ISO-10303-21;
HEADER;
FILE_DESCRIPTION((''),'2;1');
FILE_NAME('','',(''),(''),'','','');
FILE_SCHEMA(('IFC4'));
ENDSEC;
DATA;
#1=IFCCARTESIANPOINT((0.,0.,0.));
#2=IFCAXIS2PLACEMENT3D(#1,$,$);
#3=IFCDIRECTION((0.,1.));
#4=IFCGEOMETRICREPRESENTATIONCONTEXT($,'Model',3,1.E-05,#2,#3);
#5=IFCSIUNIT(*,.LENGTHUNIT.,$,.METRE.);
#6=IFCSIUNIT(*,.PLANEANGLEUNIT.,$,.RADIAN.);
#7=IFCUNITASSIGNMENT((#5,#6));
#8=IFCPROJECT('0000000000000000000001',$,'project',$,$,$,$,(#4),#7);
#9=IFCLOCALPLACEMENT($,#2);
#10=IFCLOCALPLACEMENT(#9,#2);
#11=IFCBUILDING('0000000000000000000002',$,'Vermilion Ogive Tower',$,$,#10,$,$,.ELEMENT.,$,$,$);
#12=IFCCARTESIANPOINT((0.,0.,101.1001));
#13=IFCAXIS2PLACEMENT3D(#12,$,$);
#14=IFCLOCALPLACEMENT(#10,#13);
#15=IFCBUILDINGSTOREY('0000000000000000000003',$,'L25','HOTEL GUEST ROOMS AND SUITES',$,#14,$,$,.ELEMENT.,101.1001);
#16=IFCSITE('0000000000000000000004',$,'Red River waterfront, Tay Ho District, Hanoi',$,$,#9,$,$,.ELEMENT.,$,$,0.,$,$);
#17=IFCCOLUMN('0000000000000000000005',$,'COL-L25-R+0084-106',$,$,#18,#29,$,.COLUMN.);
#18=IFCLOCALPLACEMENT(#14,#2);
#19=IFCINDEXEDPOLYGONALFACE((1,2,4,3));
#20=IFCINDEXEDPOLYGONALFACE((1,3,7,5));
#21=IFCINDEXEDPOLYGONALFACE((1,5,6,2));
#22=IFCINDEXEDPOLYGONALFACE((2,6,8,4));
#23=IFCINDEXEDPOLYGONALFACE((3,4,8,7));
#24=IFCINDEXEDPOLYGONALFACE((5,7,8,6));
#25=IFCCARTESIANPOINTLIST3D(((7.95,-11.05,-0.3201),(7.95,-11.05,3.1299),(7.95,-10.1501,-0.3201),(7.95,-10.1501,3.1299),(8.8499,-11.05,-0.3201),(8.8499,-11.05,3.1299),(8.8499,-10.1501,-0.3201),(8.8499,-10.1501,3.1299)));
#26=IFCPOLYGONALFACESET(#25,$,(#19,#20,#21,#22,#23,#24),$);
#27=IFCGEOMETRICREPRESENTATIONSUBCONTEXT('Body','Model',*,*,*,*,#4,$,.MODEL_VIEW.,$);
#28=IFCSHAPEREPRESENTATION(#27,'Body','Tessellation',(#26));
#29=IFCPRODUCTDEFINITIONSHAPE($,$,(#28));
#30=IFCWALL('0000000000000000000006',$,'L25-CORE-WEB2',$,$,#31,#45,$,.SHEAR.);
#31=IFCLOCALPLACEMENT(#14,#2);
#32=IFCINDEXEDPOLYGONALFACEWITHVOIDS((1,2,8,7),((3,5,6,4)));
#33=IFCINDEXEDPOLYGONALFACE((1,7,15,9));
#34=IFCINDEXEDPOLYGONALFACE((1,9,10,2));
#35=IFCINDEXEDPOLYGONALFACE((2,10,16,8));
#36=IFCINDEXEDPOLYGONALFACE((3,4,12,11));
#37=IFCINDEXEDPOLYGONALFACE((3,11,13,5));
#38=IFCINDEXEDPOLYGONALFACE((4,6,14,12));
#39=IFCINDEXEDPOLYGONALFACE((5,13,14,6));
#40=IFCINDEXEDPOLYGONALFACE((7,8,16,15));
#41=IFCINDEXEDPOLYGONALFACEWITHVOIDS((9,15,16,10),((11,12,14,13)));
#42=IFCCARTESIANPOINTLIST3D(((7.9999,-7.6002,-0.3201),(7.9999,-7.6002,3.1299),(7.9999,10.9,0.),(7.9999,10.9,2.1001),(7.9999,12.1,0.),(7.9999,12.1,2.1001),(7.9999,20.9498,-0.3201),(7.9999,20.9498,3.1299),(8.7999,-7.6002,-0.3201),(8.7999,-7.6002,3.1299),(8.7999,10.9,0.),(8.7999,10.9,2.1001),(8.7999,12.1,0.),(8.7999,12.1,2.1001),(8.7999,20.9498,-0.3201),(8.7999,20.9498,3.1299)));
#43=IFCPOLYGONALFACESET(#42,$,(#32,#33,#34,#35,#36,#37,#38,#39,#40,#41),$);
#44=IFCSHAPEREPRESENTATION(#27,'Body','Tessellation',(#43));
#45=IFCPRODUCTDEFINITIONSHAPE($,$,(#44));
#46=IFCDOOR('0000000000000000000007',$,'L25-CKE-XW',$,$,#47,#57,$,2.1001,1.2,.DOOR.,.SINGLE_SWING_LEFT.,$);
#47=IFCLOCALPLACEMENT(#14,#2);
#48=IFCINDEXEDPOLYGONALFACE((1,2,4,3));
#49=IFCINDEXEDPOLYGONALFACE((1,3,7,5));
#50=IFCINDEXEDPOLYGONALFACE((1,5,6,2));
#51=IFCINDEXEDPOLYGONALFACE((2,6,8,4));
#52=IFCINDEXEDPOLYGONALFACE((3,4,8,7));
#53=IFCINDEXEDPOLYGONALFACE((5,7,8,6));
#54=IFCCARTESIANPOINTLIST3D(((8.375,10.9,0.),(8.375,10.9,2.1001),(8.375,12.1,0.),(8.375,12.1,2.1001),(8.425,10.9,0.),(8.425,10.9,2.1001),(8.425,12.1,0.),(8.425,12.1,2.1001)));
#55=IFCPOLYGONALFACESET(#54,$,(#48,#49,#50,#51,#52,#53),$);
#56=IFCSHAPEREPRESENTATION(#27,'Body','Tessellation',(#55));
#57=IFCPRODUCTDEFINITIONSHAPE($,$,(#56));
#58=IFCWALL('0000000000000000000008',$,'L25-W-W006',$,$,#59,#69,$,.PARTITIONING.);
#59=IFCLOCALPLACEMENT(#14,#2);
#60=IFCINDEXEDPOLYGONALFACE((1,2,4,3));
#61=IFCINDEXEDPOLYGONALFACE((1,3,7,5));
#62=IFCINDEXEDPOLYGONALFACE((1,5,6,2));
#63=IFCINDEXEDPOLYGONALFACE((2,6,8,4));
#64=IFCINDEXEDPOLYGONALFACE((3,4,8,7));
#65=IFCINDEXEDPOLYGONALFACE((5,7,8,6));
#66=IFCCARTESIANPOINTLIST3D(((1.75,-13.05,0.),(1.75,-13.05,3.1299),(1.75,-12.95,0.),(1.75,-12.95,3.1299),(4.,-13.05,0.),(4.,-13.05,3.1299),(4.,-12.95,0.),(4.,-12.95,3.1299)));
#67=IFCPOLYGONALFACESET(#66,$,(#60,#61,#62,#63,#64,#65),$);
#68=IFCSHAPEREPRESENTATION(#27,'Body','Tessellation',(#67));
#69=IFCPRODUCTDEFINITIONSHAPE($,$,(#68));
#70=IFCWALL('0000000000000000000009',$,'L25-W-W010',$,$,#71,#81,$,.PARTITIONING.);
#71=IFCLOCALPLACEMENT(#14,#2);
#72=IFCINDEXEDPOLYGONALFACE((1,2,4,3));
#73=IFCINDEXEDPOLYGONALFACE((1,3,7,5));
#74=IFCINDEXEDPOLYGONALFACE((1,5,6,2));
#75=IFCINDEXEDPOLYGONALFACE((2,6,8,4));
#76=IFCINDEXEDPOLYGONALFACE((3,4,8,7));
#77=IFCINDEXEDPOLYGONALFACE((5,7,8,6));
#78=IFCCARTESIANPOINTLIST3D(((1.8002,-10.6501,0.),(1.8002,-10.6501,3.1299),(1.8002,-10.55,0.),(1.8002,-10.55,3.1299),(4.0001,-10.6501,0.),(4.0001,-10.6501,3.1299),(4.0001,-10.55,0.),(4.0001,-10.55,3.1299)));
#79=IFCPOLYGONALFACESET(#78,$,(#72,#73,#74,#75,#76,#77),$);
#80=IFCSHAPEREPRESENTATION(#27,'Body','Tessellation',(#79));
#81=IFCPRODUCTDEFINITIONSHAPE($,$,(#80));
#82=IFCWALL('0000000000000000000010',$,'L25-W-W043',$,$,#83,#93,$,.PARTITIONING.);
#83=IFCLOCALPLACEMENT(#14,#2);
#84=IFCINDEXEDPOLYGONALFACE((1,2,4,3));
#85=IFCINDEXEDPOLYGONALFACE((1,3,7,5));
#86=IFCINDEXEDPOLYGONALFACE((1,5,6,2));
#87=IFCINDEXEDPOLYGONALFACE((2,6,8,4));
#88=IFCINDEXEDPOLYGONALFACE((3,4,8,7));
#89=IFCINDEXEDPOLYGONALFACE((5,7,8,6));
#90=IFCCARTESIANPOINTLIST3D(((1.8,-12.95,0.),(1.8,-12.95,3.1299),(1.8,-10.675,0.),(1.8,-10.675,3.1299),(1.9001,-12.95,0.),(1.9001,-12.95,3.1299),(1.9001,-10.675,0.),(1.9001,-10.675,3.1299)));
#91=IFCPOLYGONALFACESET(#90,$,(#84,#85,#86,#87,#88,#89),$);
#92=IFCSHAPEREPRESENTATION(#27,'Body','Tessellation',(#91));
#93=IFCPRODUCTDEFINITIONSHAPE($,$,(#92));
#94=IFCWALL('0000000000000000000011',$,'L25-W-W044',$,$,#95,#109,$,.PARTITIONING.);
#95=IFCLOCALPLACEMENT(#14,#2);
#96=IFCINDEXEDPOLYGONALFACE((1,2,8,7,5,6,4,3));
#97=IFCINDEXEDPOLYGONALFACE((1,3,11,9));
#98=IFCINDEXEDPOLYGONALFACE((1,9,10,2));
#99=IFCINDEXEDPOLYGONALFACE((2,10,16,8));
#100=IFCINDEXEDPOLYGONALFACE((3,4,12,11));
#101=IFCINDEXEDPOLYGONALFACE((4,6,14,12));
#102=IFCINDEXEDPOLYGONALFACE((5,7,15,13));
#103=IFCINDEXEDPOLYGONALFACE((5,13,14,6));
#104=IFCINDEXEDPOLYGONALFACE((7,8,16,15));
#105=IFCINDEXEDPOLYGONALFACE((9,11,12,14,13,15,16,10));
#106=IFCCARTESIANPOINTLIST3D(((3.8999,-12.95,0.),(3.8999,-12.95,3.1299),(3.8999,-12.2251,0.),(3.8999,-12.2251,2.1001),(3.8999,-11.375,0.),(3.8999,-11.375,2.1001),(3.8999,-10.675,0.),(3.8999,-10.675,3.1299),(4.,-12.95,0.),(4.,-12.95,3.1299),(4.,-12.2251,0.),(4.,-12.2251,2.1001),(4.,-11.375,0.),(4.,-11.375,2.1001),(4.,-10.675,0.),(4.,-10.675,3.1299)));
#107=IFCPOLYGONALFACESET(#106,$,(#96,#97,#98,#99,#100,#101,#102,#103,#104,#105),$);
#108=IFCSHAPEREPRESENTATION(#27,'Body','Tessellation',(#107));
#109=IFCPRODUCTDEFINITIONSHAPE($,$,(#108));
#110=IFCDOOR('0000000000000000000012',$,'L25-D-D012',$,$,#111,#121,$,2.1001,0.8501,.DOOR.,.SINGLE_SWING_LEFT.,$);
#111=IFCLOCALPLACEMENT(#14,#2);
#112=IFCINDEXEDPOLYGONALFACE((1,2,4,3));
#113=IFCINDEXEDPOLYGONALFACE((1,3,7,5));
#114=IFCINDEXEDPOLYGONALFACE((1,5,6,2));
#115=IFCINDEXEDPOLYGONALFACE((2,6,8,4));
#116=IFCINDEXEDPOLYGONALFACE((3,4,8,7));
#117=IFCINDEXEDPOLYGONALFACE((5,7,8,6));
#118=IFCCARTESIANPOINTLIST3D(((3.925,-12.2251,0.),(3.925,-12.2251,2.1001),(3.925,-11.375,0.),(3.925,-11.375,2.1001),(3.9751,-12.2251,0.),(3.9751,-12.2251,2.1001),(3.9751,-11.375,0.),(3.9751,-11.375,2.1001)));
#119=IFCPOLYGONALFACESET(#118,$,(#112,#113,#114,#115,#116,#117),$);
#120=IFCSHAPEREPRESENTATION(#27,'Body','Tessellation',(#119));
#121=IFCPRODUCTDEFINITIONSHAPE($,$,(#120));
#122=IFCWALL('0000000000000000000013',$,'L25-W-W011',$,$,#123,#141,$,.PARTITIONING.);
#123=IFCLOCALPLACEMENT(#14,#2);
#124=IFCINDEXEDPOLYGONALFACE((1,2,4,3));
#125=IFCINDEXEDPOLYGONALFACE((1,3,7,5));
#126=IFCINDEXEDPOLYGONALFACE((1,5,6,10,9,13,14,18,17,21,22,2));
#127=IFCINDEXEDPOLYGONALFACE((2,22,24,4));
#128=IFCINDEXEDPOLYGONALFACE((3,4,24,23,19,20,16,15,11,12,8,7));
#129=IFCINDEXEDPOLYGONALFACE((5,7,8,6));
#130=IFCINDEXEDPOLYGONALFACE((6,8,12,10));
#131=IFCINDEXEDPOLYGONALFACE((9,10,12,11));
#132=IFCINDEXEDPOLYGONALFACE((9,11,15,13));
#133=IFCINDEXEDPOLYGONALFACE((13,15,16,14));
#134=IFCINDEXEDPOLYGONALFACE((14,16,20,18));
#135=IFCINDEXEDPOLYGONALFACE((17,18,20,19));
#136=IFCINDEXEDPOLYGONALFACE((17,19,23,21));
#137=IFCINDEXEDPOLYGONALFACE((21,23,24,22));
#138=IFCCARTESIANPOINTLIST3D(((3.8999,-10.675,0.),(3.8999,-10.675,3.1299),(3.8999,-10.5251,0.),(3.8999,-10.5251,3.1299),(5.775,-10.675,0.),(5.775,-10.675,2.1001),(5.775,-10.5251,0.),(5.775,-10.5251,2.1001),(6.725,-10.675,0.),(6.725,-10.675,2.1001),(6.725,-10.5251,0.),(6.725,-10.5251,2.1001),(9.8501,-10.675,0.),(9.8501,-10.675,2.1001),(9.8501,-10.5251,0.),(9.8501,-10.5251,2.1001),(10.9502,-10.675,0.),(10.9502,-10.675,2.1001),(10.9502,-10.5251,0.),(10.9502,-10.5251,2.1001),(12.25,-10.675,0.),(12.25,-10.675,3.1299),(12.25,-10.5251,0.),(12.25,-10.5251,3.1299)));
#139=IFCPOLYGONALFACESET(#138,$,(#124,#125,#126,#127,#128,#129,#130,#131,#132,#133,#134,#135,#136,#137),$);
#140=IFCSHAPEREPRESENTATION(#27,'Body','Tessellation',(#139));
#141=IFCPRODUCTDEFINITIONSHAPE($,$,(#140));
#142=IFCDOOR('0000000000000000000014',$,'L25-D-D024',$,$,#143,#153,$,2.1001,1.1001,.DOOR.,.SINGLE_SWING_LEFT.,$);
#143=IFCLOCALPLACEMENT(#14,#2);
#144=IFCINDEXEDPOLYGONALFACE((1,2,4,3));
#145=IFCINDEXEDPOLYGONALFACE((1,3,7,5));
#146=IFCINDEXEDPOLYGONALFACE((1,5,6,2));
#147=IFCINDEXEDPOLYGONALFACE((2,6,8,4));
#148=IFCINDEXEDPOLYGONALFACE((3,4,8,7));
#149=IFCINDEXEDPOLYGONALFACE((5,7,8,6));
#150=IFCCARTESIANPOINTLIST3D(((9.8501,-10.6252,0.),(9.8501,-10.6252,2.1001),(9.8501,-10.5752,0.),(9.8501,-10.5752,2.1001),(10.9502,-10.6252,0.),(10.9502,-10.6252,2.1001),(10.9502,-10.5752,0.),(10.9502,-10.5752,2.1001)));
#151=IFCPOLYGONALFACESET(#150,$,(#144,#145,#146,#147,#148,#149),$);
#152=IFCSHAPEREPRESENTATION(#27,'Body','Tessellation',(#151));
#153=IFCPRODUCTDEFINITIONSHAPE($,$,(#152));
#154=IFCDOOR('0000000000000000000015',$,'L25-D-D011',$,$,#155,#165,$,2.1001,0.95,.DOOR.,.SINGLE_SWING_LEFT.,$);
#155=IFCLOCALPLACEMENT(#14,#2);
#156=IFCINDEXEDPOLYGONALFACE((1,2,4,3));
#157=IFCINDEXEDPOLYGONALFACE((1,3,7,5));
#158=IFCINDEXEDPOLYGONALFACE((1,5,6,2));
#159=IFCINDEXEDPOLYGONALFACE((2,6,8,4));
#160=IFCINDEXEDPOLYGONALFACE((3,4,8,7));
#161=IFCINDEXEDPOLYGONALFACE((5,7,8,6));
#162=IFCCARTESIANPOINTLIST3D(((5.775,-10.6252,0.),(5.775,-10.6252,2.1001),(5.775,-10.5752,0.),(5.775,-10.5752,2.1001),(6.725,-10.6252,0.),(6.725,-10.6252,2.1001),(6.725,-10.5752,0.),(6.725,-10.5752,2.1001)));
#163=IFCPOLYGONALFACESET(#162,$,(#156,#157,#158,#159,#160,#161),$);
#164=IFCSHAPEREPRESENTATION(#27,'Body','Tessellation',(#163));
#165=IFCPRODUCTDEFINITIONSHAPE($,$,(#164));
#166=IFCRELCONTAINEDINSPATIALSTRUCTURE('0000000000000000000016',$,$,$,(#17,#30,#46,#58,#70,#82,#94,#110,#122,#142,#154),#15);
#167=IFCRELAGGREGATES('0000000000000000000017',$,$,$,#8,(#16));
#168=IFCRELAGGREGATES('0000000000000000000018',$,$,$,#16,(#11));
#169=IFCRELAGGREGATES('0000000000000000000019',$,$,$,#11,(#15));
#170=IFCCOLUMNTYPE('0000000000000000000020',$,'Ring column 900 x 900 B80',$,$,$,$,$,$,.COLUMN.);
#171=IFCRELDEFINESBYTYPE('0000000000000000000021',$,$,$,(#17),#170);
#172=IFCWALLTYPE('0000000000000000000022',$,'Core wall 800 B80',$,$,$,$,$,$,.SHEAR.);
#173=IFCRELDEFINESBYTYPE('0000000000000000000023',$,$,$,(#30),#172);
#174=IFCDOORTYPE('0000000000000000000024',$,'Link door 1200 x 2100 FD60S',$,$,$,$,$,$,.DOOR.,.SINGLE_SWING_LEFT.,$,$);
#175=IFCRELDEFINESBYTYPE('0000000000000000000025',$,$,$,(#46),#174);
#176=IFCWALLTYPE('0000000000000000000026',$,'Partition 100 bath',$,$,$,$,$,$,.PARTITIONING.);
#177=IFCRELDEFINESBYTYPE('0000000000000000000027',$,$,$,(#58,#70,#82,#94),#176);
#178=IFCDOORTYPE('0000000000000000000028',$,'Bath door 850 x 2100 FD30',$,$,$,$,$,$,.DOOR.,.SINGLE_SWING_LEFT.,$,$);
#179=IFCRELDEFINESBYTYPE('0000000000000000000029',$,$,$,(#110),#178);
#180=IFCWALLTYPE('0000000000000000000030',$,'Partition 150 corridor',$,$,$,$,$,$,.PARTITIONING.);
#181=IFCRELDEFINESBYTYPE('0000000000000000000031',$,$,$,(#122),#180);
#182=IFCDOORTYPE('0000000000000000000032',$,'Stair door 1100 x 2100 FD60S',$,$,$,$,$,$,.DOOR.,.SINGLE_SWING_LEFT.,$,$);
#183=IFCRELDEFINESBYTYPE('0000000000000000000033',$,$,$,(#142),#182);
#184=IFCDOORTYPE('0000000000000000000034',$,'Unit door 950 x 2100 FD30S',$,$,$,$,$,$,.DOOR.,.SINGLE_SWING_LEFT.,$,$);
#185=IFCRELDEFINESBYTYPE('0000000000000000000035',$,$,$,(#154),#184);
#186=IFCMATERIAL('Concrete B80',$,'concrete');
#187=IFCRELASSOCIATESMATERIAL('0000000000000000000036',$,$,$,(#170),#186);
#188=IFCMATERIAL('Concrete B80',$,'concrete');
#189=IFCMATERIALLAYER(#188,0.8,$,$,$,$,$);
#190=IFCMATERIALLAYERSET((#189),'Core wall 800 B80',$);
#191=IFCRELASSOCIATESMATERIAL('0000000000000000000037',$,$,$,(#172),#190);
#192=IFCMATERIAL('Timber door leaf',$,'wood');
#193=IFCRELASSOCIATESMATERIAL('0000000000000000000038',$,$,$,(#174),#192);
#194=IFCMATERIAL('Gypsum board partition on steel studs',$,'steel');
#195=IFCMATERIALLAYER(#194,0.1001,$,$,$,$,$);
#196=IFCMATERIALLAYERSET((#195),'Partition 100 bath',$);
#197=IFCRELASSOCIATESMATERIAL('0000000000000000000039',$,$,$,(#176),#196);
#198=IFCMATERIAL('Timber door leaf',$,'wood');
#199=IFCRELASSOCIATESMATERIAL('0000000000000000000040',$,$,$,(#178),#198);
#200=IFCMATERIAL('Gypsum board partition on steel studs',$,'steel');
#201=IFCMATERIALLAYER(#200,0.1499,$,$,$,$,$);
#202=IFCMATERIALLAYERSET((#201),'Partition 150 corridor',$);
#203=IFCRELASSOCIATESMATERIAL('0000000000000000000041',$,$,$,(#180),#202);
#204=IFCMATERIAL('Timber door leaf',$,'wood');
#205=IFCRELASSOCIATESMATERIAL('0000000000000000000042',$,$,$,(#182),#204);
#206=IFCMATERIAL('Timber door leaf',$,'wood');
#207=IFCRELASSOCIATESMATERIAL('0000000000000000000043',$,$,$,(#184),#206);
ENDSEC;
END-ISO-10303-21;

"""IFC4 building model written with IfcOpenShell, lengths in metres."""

from ifc_helpers import new_model, si_unit, direction, frame, frame_2d, origin, origin_2d, place, context, subcontext, project, spatial, rectangle, extrude, material, layer, layer_set, material_profile, profile_set, type_object, element, fill, save


model = new_model("IFC4")

# Units and contexts
model_context = context("Model", 3, precision=1e-05, world=origin(), true_north=direction((0.0, 1.0)))
body_context = subcontext(model_context, "Body", "Model", "MODEL_VIEW")
ifc_project = project(units=[si_unit("LENGTHUNIT", "METRE"), si_unit("PLANEANGLEUNIT", "RADIAN")], contexts=[model_context])

# Site, building, storey
site_placement = place(None, origin())
site = spatial("IfcSite", under=ifc_project, at=site_placement, Name="Red River waterfront, Tay Ho District, Hanoi", CompositionType="ELEMENT", RefElevation=0.0)
building_placement = place(site_placement, origin())
building = spatial("IfcBuilding", under=site, at=building_placement, Name="Vermilion Ogive Tower", CompositionType="ELEMENT")
storey_placement = place(building_placement, frame((0.0, 0.0, 101.1001)))
storey = spatial("IfcBuildingStorey", under=building, at=storey_placement, Name="L25", Description="HOTEL GUEST ROOMS AND SUITES", CompositionType="ELEMENT", Elevation=101.1001)

# Column
ifc_material_1 = material(Name="Concrete B80", Category="concrete")
ifc_material_profile = material_profile(ifc_material_1, rectangle(XDim=0.8999, YDim=0.8999, at=origin_2d()), Name="900 x 900")
ifc_profile_set = profile_set([ifc_material_profile], Name="Concrete B80")
column_type = type_object("IfcColumnType", Name="Ring column 900 x 900 B80", PredefinedType="COLUMN", material=ifc_profile_set)
column_placement = place(storey_placement, frame((8.3999, -10.6001, -0.3201), z_axis=(0.0, 0.0, 1.0), x_axis=(1.0, 0.0, 0.0)))
element("IfcColumn", 1, at=column_placement, inside=storey, type_object=column_type, Name="COL-L25-R+0084-106", PredefinedType="COLUMN", context=body_context, shape_type="SweptSolid", body=[
    extrude(rectangle(XDim=0.8999, YDim=0.8999, at=origin_2d()), origin(), (0.0, 0.0, 1.0), 3.45),
])

# Wall, opening, door
ifc_material_2 = material(Name="Concrete B80", Category="concrete")
ifc_layer_1 = layer(ifc_material_2, 0.8)
ifc_layer_set_1 = layer_set([ifc_layer_1], Name="Core wall 800 B80")
wall_type_1 = type_object("IfcWallType", Name="Core wall 800 B80", PredefinedType="SHEAR", material=ifc_layer_set_1)
wall_1_placement = place(storey_placement, frame((8.3999, -7.6001, -0.3201), z_axis=(0.0, 0.0, 1.0), x_axis=(0.0, 1.0, 0.0)))
wall_1 = element("IfcWall", 2, at=wall_1_placement, inside=storey, type_object=wall_type_1, Name="L25-CORE-WEB2", PredefinedType="SHEAR", context=body_context, shape_type="SweptSolid", body=[
    extrude(rectangle(XDim=28.55, YDim=0.8, at=frame_2d((14.2749, 0.0))), origin(), (0.0, 0.0, 1.0), 3.45),
])
opening_1_placement = place(wall_1_placement, frame((18.5, 0.0, 0.3201)))
opening_1 = element("IfcOpeningElement", 3, at=opening_1_placement, cuts=wall_1, PredefinedType="OPENING", context=body_context, shape_type="SweptSolid", body=[
    extrude(rectangle(XDim=1.2, YDim=2.1001, at=frame_2d((0.6001, 1.05))), frame((0.0, 0.4099, 0.0), z_axis=(0.0, -1.0, 0.0), x_axis=(1.0, 0.0, 0.0)), (0.0, 0.0, 1.0), 0.8201),
])
ifc_material_3 = material(Name="Timber door leaf", Category="wood")
door_type_1 = type_object("IfcDoorType", Name="Link door 1200 x 2100 FD60S", OperationType="SINGLE_SWING_LEFT", PredefinedType="DOOR", material=ifc_material_3)
door_1_placement = place(opening_1_placement, origin())
door_1 = element("IfcDoor", 4, at=door_1_placement, inside=storey, type_object=door_type_1, Name="L25-CKE-XW", OperationType="SINGLE_SWING_LEFT", OverallHeight=2.1001, OverallWidth=1.2, PredefinedType="DOOR", context=body_context, shape_type="SweptSolid", body=[
    extrude(rectangle(XDim=1.2, YDim=2.1001, at=frame_2d((0.6001, 1.05))), frame((0.0, 0.0249, 0.0), z_axis=(0.0, -1.0, 0.0), x_axis=(1.0, 0.0, 0.0)), (0.0, 0.0, 1.0), 0.05),
])
fill(opening_1, door_1)

# Walls
ifc_material_4 = material(Name="Gypsum board partition on steel studs", Category="steel")
ifc_layer_2 = layer(ifc_material_4, 0.1001)
ifc_layer_set_2 = layer_set([ifc_layer_2], Name="Partition 100 bath")
wall_type_2 = type_object("IfcWallType", Name="Partition 100 bath", PredefinedType="PARTITIONING", material=ifc_layer_set_2)
wall_2_placement = place(storey_placement, frame((1.75, -13.0, 0.0), z_axis=(0.0, 0.0, 1.0), x_axis=(1.0, 0.0, 0.0)))
element("IfcWall", 5, at=wall_2_placement, inside=storey, type_object=wall_type_2, Name="L25-W-W006", PredefinedType="PARTITIONING", context=body_context, shape_type="SweptSolid", body=[
    extrude(rectangle(XDim=2.25, YDim=0.1001, at=frame_2d((1.125, 0.0))), origin(), (0.0, 0.0, 1.0), 3.1299),
])
wall_3_placement = place(storey_placement, frame((1.8, -10.6001, 0.0), z_axis=(0.0, 0.0, 1.0), x_axis=(1.0, 0.0, 0.0)))
element("IfcWall", 6, at=wall_3_placement, inside=storey, type_object=wall_type_2, Name="L25-W-W010", PredefinedType="PARTITIONING", context=body_context, shape_type="SweptSolid", body=[
    extrude(rectangle(XDim=2.2, YDim=0.1001, at=frame_2d((1.1001, 0.0))), origin(), (0.0, 0.0, 1.0), 3.1299),
])
wall_4_placement = place(storey_placement, frame((1.8501, -12.95, 0.0), z_axis=(0.0, 0.0, 1.0), x_axis=(0.0, 1.0, 0.0)))
element("IfcWall", 7, at=wall_4_placement, inside=storey, type_object=wall_type_2, Name="L25-W-W043", PredefinedType="PARTITIONING", context=body_context, shape_type="SweptSolid", body=[
    extrude(rectangle(XDim=2.2749, YDim=0.1001, at=frame_2d((1.1375, 0.0))), origin(), (0.0, 0.0, 1.0), 3.1299),
])

# Wall, opening, door
wall_5_placement = place(storey_placement, frame((3.95, -12.95, 0.0), z_axis=(0.0, 0.0, 1.0), x_axis=(0.0, 1.0, 0.0)))
wall_5 = element("IfcWall", 8, at=wall_5_placement, inside=storey, type_object=wall_type_2, Name="L25-W-W044", PredefinedType="PARTITIONING", context=body_context, shape_type="SweptSolid", body=[
    extrude(rectangle(XDim=2.2749, YDim=0.1001, at=frame_2d((1.1375, 0.0))), origin(), (0.0, 0.0, 1.0), 3.1299),
])
opening_2_placement = place(wall_5_placement, frame((0.7249, 0.0, 0.0)))
opening_2 = element("IfcOpeningElement", 9, at=opening_2_placement, cuts=wall_5, PredefinedType="OPENING", context=body_context, shape_type="SweptSolid", body=[
    extrude(rectangle(XDim=0.8501, YDim=2.1001, at=frame_2d((0.425, 1.05))), frame((0.0, 0.0601, 0.0), z_axis=(0.0, -1.0, 0.0), x_axis=(1.0, 0.0, 0.0)), (0.0, 0.0, 1.0), 0.1201),
])
ifc_material_5 = material(Name="Timber door leaf", Category="wood")
door_type_2 = type_object("IfcDoorType", Name="Bath door 850 x 2100 FD30", OperationType="SINGLE_SWING_LEFT", PredefinedType="DOOR", material=ifc_material_5)
door_2_placement = place(opening_2_placement, origin())
door_2 = element("IfcDoor", 10, at=door_2_placement, inside=storey, type_object=door_type_2, Name="L25-D-D012", OperationType="SINGLE_SWING_LEFT", OverallHeight=2.1001, OverallWidth=0.8501, PredefinedType="DOOR", context=body_context, shape_type="SweptSolid", body=[
    extrude(rectangle(XDim=0.8501, YDim=2.1001, at=frame_2d((0.425, 1.05))), frame((0.0, 0.0249, 0.0), z_axis=(0.0, -1.0, 0.0), x_axis=(1.0, 0.0, 0.0)), (0.0, 0.0, 1.0), 0.05),
])
fill(opening_2, door_2)

# Wall, openings, doors
ifc_material_6 = material(Name="Gypsum board partition on steel studs", Category="steel")
ifc_layer_3 = layer(ifc_material_6, 0.1499)
ifc_layer_set_3 = layer_set([ifc_layer_3], Name="Partition 150 corridor")
wall_type_3 = type_object("IfcWallType", Name="Partition 150 corridor", PredefinedType="PARTITIONING", material=ifc_layer_set_3)
wall_6_placement = place(storey_placement, frame((3.8999, -10.6001, 0.0), z_axis=(0.0, 0.0, 1.0), x_axis=(1.0, 0.0, 0.0)))
wall_6 = element("IfcWall", 11, at=wall_6_placement, inside=storey, type_object=wall_type_3, Name="L25-W-W011", PredefinedType="PARTITIONING", context=body_context, shape_type="SweptSolid", body=[
    extrude(rectangle(XDim=8.3501, YDim=0.1499, at=frame_2d((4.175, 0.0))), origin(), (0.0, 0.0, 1.0), 3.1299),
])
opening_3_placement = place(wall_6_placement, frame((1.875, 0.0, 0.0)))
opening_3 = element("IfcOpeningElement", 12, at=opening_3_placement, cuts=wall_6, PredefinedType="OPENING", context=body_context, shape_type="SweptSolid", body=[
    extrude(rectangle(XDim=0.95, YDim=2.1001, at=frame_2d((0.4751, 1.05))), frame((0.0, 0.085, 0.0), z_axis=(0.0, -1.0, 0.0), x_axis=(1.0, 0.0, 0.0)), (0.0, 0.0, 1.0), 0.1699),
])
opening_4_placement = place(wall_6_placement, frame((5.9502, 0.0, 0.0)))
opening_4 = element("IfcOpeningElement", 13, at=opening_4_placement, cuts=wall_6, PredefinedType="OPENING", context=body_context, shape_type="SweptSolid", body=[
    extrude(rectangle(XDim=1.1001, YDim=2.1001, at=frame_2d((0.55, 1.05))), frame((0.0, 0.085, 0.0), z_axis=(0.0, -1.0, 0.0), x_axis=(1.0, 0.0, 0.0)), (0.0, 0.0, 1.0), 0.1699),
])
ifc_material_7 = material(Name="Timber door leaf", Category="wood")
door_type_3 = type_object("IfcDoorType", Name="Stair door 1100 x 2100 FD60S", OperationType="SINGLE_SWING_LEFT", PredefinedType="DOOR", material=ifc_material_7)
door_3_placement = place(opening_4_placement, origin())
door_3 = element("IfcDoor", 14, at=door_3_placement, inside=storey, type_object=door_type_3, Name="L25-D-D024", OperationType="SINGLE_SWING_LEFT", OverallHeight=2.1001, OverallWidth=1.1001, PredefinedType="DOOR", context=body_context, shape_type="SweptSolid", body=[
    extrude(rectangle(XDim=1.1001, YDim=2.1001, at=frame_2d((0.55, 1.05))), frame((0.0, 0.0249, 0.0), z_axis=(0.0, -1.0, 0.0), x_axis=(1.0, 0.0, 0.0)), (0.0, 0.0, 1.0), 0.05),
])
fill(opening_4, door_3)
ifc_material_8 = material(Name="Timber door leaf", Category="wood")
door_type_4 = type_object("IfcDoorType", Name="Unit door 950 x 2100 FD30S", OperationType="SINGLE_SWING_LEFT", PredefinedType="DOOR", material=ifc_material_8)
door_4_placement = place(opening_3_placement, origin())
door_4 = element("IfcDoor", 15, at=door_4_placement, inside=storey, type_object=door_type_4, Name="L25-D-D011", OperationType="SINGLE_SWING_LEFT", OverallHeight=2.1001, OverallWidth=0.95, PredefinedType="DOOR", context=body_context, shape_type="SweptSolid", body=[
    extrude(rectangle(XDim=0.95, YDim=2.1001, at=frame_2d((0.4751, 1.05))), frame((0.0, 0.0249, 0.0), z_axis=(0.0, -1.0, 0.0), x_axis=(1.0, 0.0, 0.0)), (0.0, 0.0, 1.0), 0.05),
])
fill(opening_3, door_4)

save(model, "model.ifc")
